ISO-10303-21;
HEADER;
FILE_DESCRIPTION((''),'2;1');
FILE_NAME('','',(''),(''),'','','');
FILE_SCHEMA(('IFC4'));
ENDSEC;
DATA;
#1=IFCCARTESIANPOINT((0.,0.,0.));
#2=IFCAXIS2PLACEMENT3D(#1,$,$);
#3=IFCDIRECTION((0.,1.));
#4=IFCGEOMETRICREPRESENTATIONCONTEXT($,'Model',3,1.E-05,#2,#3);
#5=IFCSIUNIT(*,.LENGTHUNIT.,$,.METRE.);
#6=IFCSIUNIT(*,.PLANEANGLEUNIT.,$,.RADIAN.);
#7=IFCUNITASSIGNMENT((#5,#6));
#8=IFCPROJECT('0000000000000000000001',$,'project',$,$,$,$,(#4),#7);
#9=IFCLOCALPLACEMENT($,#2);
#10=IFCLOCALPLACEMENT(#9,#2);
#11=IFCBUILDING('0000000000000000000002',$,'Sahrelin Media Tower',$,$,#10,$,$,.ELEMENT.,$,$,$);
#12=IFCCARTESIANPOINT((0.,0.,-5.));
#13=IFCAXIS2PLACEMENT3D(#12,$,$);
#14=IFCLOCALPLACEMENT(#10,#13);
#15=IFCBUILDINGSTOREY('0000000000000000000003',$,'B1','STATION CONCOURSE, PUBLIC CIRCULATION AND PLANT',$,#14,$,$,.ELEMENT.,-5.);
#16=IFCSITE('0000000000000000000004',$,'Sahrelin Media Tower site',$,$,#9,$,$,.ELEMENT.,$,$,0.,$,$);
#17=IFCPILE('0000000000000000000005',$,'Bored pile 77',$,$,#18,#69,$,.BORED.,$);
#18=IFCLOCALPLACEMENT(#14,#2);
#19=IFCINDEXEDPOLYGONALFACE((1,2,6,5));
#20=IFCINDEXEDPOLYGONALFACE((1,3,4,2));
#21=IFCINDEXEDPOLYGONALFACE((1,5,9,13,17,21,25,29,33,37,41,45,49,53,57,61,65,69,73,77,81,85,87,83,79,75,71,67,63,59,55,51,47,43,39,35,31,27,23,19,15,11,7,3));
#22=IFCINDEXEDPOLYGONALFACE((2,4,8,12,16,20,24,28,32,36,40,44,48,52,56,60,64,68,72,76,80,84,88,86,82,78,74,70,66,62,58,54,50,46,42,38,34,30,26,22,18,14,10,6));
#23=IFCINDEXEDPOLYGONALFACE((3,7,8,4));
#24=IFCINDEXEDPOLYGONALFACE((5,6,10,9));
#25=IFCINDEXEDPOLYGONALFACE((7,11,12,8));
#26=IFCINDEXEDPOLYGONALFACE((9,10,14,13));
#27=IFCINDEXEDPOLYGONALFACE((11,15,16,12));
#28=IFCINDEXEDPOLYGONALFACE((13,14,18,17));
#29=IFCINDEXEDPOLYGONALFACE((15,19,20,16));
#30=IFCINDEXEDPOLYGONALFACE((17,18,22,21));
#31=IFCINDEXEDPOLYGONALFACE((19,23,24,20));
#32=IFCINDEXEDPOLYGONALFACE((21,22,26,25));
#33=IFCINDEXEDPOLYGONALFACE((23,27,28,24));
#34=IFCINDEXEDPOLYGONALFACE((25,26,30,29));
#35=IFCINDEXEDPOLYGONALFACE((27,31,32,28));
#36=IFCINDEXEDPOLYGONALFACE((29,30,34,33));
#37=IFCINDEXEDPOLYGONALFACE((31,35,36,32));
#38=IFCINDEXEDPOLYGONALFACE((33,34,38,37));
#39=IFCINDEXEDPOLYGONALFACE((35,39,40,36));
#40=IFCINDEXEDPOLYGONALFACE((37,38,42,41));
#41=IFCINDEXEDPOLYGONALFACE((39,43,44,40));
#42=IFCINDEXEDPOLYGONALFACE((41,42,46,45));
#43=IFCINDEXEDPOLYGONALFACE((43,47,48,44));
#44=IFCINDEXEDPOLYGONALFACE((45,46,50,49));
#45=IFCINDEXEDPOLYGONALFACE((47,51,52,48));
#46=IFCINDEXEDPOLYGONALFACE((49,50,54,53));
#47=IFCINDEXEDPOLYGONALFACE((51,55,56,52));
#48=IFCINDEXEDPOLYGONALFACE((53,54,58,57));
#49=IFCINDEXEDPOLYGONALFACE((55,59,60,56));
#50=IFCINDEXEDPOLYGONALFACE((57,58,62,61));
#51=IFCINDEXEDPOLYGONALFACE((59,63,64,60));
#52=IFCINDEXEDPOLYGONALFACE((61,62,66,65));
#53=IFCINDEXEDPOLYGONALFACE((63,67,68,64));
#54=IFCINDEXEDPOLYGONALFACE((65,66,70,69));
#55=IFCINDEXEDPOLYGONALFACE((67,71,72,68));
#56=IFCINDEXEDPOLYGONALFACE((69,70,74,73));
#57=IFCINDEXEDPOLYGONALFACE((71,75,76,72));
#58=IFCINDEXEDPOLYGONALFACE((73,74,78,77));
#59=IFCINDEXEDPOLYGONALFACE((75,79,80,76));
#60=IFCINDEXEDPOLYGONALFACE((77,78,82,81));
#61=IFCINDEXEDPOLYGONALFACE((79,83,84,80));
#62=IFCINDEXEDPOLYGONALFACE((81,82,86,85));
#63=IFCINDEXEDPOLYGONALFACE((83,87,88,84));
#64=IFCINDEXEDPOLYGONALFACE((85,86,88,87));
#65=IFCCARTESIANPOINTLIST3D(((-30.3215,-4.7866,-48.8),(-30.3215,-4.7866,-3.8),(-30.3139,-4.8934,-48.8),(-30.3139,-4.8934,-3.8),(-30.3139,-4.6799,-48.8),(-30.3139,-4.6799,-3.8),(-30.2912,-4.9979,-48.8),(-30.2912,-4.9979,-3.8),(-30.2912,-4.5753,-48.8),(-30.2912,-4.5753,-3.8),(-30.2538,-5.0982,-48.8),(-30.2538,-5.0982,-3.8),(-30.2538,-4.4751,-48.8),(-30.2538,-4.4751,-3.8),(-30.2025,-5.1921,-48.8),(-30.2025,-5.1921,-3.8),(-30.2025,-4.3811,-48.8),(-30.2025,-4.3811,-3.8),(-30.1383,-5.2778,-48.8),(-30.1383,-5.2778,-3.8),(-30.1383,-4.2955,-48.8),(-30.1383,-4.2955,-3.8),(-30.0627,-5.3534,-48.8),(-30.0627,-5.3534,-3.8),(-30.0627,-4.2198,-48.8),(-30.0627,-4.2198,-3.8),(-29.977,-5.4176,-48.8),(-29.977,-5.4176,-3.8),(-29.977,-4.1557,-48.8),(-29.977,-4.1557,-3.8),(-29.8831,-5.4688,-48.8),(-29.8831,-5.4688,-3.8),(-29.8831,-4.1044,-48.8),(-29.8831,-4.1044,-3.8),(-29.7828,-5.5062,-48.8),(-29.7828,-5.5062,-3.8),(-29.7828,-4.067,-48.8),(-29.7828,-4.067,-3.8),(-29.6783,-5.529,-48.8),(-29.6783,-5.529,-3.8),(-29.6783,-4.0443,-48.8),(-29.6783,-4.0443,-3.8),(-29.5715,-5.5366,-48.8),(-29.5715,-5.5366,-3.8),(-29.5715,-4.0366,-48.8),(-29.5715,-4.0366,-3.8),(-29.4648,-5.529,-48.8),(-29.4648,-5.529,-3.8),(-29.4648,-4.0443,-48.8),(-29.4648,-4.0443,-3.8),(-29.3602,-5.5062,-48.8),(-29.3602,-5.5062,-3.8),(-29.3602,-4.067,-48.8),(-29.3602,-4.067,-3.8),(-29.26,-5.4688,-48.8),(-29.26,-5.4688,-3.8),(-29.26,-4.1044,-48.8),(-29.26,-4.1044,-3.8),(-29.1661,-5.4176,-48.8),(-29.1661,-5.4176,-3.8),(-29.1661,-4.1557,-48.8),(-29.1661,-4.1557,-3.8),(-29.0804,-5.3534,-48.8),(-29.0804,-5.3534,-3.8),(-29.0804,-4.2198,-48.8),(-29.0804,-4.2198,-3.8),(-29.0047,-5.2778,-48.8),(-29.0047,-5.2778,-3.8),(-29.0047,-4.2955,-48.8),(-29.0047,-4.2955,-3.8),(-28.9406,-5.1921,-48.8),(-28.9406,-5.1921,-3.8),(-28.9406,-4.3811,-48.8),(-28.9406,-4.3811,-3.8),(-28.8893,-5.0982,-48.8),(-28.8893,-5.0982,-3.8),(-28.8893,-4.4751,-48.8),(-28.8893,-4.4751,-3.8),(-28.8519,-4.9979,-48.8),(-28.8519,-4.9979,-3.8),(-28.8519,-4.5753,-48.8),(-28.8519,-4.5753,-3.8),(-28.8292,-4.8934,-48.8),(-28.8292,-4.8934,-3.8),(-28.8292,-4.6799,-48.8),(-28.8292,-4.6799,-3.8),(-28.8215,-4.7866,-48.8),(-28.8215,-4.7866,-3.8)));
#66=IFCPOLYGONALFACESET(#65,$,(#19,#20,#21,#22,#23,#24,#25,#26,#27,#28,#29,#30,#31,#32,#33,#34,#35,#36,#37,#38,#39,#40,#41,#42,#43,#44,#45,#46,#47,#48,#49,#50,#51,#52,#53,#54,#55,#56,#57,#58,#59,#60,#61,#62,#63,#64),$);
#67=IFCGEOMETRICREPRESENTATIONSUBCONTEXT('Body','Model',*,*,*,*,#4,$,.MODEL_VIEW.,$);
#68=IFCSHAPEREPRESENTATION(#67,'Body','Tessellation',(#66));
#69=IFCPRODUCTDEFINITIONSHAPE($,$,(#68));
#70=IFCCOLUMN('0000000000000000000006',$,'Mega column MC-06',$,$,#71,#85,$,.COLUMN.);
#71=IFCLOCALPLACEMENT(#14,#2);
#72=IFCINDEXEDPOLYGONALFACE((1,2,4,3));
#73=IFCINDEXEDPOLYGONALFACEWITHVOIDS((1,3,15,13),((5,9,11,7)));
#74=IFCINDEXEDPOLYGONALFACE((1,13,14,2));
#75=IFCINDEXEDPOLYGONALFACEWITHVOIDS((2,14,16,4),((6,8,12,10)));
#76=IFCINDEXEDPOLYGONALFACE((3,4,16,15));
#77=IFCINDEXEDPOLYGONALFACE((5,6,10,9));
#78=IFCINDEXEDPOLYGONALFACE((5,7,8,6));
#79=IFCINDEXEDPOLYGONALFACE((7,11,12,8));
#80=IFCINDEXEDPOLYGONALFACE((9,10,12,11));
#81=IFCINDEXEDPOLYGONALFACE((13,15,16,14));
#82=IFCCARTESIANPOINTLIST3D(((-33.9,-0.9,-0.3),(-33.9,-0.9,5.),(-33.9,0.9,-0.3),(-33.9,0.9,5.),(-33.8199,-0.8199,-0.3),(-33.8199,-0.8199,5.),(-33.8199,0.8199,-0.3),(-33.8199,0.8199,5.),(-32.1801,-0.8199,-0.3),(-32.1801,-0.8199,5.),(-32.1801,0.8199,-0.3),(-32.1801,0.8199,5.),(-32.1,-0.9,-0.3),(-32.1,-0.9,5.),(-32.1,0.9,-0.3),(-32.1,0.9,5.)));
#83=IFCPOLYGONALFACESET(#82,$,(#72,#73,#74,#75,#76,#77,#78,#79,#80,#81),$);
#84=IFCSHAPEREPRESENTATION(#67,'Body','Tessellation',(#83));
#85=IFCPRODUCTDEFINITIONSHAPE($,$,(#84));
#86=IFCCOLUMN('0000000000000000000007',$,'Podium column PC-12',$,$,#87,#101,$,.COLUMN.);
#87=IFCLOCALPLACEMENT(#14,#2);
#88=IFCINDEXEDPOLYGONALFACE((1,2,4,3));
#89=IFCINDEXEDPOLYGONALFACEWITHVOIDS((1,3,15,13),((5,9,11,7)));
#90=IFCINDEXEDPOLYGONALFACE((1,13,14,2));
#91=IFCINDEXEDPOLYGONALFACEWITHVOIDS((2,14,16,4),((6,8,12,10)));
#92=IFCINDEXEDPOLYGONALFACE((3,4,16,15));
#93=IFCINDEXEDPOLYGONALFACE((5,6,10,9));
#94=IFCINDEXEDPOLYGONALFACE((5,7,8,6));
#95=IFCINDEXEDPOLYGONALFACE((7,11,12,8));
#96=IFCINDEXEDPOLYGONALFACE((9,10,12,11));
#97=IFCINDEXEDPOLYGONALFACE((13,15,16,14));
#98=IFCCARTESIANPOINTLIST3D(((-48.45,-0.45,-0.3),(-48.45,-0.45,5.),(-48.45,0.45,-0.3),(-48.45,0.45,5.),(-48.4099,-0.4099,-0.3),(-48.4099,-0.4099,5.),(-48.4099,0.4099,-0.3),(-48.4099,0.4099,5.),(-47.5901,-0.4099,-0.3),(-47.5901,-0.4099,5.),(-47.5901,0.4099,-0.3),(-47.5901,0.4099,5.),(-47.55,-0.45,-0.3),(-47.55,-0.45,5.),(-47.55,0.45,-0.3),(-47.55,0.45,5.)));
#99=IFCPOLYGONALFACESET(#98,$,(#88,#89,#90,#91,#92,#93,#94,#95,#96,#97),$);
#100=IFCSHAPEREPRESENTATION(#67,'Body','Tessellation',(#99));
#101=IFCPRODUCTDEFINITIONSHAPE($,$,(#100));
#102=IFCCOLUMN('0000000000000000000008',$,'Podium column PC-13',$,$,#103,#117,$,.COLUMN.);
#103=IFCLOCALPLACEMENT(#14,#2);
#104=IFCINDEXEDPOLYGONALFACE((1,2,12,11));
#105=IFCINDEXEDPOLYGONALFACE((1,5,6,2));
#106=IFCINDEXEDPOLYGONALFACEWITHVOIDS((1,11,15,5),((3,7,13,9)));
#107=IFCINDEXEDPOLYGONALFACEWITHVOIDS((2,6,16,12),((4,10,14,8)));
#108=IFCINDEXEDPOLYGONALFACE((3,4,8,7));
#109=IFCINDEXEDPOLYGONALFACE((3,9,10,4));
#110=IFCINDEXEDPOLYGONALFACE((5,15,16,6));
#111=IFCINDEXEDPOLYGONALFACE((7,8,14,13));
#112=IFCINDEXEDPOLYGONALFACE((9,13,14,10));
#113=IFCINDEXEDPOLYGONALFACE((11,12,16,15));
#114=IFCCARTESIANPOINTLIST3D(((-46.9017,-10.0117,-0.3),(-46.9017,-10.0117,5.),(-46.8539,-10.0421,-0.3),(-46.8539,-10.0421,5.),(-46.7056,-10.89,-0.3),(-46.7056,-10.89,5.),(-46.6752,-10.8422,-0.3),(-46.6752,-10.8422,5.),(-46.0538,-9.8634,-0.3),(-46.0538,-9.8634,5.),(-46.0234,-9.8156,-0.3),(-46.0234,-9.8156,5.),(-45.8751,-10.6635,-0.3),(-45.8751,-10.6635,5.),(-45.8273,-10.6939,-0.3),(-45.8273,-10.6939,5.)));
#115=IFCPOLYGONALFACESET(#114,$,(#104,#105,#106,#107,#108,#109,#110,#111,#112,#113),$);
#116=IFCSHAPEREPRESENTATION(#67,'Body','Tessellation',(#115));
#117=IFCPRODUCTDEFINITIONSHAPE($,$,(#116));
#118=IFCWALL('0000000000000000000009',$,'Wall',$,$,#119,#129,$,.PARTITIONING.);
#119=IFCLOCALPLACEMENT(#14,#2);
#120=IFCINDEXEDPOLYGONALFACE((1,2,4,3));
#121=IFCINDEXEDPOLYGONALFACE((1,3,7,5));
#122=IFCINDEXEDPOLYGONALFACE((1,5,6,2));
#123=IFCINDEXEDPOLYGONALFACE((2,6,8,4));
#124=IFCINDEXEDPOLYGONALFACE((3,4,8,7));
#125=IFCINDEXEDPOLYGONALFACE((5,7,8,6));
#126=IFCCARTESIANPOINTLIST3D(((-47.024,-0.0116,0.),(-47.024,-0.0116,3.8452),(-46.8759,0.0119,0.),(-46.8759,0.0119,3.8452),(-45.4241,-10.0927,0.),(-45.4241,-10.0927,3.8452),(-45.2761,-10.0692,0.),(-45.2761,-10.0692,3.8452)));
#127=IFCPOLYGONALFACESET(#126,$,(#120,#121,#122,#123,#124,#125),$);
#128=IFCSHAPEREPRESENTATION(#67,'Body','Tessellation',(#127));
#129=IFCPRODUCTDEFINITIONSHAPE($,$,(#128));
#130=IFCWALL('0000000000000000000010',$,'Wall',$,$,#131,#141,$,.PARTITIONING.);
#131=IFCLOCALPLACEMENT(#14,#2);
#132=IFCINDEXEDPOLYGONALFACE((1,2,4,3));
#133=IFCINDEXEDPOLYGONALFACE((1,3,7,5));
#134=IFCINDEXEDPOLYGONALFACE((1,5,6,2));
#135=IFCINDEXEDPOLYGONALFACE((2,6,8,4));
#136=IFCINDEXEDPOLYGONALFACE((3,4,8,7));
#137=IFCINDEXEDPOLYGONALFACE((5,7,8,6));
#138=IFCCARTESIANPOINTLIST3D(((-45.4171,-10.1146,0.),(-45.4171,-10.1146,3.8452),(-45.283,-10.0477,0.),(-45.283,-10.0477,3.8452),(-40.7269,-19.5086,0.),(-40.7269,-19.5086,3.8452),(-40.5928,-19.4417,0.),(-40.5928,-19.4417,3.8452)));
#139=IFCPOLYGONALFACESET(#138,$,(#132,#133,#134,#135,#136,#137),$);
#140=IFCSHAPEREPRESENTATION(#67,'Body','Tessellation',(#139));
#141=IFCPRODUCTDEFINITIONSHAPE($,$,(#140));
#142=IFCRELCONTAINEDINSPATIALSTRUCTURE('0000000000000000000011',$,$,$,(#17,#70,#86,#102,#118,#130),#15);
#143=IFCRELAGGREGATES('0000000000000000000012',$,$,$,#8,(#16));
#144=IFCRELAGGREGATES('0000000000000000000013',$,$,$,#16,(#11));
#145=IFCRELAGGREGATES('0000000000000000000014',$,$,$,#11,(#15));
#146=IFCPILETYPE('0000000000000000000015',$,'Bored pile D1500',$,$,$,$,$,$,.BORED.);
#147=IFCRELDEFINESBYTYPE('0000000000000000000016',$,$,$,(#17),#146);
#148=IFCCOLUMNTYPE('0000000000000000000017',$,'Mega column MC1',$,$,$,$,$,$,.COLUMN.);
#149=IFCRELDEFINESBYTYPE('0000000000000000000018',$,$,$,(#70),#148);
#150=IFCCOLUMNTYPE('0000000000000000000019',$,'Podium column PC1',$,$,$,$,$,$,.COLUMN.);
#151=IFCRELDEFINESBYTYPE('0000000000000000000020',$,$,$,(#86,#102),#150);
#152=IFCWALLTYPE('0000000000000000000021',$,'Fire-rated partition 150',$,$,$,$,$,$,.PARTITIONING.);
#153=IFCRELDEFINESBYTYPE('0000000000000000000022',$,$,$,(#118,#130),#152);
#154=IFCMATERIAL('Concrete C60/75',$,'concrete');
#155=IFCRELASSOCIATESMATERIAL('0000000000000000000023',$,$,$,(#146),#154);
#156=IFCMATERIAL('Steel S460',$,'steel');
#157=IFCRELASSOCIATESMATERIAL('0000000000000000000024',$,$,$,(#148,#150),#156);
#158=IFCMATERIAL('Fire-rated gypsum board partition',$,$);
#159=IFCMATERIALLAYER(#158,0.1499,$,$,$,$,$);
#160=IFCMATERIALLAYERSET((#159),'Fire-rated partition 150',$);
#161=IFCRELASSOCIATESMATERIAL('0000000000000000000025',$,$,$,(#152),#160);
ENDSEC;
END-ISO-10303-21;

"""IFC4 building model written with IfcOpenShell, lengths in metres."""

from ifc_helpers import new_model, si_unit, direction, frame, frame_2d, origin, origin_2d, place, context, subcontext, project, spatial, rectangle, hollow_rectangle, circle, extrude, material, layer, layer_set, material_profile, profile_set, type_object, element, save


model = new_model("IFC4")

# Units and contexts
model_context = context("Model", 3, precision=1e-05, world=origin(), true_north=direction((0.0, 1.0)))
body_context = subcontext(model_context, "Body", "Model", "MODEL_VIEW")
ifc_project = project(units=[si_unit("LENGTHUNIT", "METRE"), si_unit("PLANEANGLEUNIT", "RADIAN")], contexts=[model_context])

# Site, building, storey
site_placement = place(None, origin())
site = spatial("IfcSite", under=ifc_project, at=site_placement, Name="Sahrelin Media Tower site", CompositionType="ELEMENT", RefElevation=0.0)
building_placement = place(site_placement, origin())
building = spatial("IfcBuilding", under=site, at=building_placement, Name="Sahrelin Media Tower", CompositionType="ELEMENT")
storey_placement = place(building_placement, frame((0.0, 0.0, -5.0)))
storey = spatial("IfcBuildingStorey", under=building, at=storey_placement, Name="B1", Description="STATION CONCOURSE, PUBLIC CIRCULATION AND PLANT", CompositionType="ELEMENT", Elevation=-5.0)

# Pile
ifc_material_1 = material(Name="Concrete C60/75", Category="concrete")
ifc_material_profile_1 = material_profile(ifc_material_1, circle(Radius=0.75, at=origin_2d()), Name="Bored pile D1500")
ifc_profile_set_1 = profile_set([ifc_material_profile_1], Name="Concrete C60/75")
pile_type = type_object("IfcPileType", Name="Bored pile D1500", PredefinedType="BORED", material=ifc_profile_set_1)
for number, where, z_axis, x_axis, name in (
    (1, (-29.5715, -4.7866, -3.8), (0.0, 0.0, -1.0), (1.0, 0.0, 0.0), "Bored pile 77"),
):
    element("IfcPile", number, at=place(storey_placement, frame(where, z_axis=z_axis, x_axis=x_axis)), inside=storey, type_object=pile_type, Name=name, PredefinedType="BORED", context=body_context, shape_type="SweptSolid", body=[
        extrude(circle(Radius=0.75, at=origin_2d()), origin(), (0.0, 0.0, 1.0), 45.0),
    ])

# Columns
ifc_material_2 = material(Name="Steel S460", Category="steel")
ifc_material_profile_2 = material_profile(ifc_material_2, hollow_rectangle(XDim=1.8, YDim=1.8, WallThickness=0.0801, at=origin_2d()), Name="Mega column MC1")
ifc_profile_set_2 = profile_set([ifc_material_profile_2], Name="Steel S460")
column_type_1 = type_object("IfcColumnType", Name="Mega column MC1", PredefinedType="COLUMN", material=ifc_profile_set_2)
column_placement = place(storey_placement, frame((-33.0, 0.0, -0.3), z_axis=(0.0, 0.0, 1.0), x_axis=(-1.0, 0.0, 0.0)))
element("IfcColumn", 2, at=column_placement, inside=storey, type_object=column_type_1, Name="Mega column MC-06", PredefinedType="COLUMN", context=body_context, shape_type="SweptSolid", body=[
    extrude(hollow_rectangle(XDim=1.8, YDim=1.8, WallThickness=0.0801, at=origin_2d()), origin(), (0.0, 0.0, 1.0), 5.3),
])
ifc_material_profile_3 = material_profile(ifc_material_2, hollow_rectangle(XDim=0.8999, YDim=0.8999, WallThickness=0.04, at=origin_2d()), Name="Podium column PC1")
ifc_profile_set_3 = profile_set([ifc_material_profile_3], Name="Steel S460")
column_type_2 = type_object("IfcColumnType", Name="Podium column PC1", PredefinedType="COLUMN", material=ifc_profile_set_3)
for number, where, z_axis, x_axis, name in (
    (3, (-48.0, 0.0, -0.3), (0.0, 0.0, 1.0), (-1.0, 0.0, 0.0), "Podium column PC-12"),
    (4, (-46.3645, -10.3528, -0.3), (0.0, 0.0, 1.0), (-0.975965, -0.217925, 0.0), "Podium column PC-13"),
):
    element("IfcColumn", number, at=place(storey_placement, frame(where, z_axis=z_axis, x_axis=x_axis)), inside=storey, type_object=column_type_2, Name=name, PredefinedType="COLUMN", context=body_context, shape_type="SweptSolid", body=[
        extrude(hollow_rectangle(XDim=0.8999, YDim=0.8999, WallThickness=0.04, at=origin_2d()), origin(), (0.0, 0.0, 1.0), 5.3),
    ])

# Walls
ifc_material_3 = material(Name="Fire-rated gypsum board partition")
ifc_layer = layer(ifc_material_3, 0.1499)
ifc_layer_set = layer_set([ifc_layer], Name="Fire-rated partition 150")
wall_type = type_object("IfcWallType", Name="Fire-rated partition 150", PredefinedType="PARTITIONING", material=ifc_layer_set)
wall_1_placement = place(storey_placement, frame((-46.95, 0.0, 0.0), z_axis=(0.0, 0.0, 1.0), x_axis=(0.156738, -0.98764, 0.0)))
element("IfcWall", 5, at=wall_1_placement, inside=storey, type_object=wall_type, Name="Wall", PredefinedType="PARTITIONING", context=body_context, shape_type="SweptSolid", body=[
    extrude(rectangle(XDim=10.2073, YDim=0.1499, at=frame_2d((5.1035, 0.0))), origin(), (0.0, 0.0, 1.0), 3.8452),
])
wall_2_placement = place(storey_placement, frame((-45.3501, -10.0811, 0.0), z_axis=(0.0, 0.0, 1.0), x_axis=(0.446693, -0.894687, 0.0)))
element("IfcWall", 6, at=wall_2_placement, inside=storey, type_object=wall_type, Name="Wall", PredefinedType="PARTITIONING", context=body_context, shape_type="SweptSolid", body=[
    extrude(rectangle(XDim=10.4998, YDim=0.1499, at=frame_2d((5.25, 0.0))), origin(), (0.0, 0.0, 1.0), 3.8452),
])

save(model, "model.ifc")
